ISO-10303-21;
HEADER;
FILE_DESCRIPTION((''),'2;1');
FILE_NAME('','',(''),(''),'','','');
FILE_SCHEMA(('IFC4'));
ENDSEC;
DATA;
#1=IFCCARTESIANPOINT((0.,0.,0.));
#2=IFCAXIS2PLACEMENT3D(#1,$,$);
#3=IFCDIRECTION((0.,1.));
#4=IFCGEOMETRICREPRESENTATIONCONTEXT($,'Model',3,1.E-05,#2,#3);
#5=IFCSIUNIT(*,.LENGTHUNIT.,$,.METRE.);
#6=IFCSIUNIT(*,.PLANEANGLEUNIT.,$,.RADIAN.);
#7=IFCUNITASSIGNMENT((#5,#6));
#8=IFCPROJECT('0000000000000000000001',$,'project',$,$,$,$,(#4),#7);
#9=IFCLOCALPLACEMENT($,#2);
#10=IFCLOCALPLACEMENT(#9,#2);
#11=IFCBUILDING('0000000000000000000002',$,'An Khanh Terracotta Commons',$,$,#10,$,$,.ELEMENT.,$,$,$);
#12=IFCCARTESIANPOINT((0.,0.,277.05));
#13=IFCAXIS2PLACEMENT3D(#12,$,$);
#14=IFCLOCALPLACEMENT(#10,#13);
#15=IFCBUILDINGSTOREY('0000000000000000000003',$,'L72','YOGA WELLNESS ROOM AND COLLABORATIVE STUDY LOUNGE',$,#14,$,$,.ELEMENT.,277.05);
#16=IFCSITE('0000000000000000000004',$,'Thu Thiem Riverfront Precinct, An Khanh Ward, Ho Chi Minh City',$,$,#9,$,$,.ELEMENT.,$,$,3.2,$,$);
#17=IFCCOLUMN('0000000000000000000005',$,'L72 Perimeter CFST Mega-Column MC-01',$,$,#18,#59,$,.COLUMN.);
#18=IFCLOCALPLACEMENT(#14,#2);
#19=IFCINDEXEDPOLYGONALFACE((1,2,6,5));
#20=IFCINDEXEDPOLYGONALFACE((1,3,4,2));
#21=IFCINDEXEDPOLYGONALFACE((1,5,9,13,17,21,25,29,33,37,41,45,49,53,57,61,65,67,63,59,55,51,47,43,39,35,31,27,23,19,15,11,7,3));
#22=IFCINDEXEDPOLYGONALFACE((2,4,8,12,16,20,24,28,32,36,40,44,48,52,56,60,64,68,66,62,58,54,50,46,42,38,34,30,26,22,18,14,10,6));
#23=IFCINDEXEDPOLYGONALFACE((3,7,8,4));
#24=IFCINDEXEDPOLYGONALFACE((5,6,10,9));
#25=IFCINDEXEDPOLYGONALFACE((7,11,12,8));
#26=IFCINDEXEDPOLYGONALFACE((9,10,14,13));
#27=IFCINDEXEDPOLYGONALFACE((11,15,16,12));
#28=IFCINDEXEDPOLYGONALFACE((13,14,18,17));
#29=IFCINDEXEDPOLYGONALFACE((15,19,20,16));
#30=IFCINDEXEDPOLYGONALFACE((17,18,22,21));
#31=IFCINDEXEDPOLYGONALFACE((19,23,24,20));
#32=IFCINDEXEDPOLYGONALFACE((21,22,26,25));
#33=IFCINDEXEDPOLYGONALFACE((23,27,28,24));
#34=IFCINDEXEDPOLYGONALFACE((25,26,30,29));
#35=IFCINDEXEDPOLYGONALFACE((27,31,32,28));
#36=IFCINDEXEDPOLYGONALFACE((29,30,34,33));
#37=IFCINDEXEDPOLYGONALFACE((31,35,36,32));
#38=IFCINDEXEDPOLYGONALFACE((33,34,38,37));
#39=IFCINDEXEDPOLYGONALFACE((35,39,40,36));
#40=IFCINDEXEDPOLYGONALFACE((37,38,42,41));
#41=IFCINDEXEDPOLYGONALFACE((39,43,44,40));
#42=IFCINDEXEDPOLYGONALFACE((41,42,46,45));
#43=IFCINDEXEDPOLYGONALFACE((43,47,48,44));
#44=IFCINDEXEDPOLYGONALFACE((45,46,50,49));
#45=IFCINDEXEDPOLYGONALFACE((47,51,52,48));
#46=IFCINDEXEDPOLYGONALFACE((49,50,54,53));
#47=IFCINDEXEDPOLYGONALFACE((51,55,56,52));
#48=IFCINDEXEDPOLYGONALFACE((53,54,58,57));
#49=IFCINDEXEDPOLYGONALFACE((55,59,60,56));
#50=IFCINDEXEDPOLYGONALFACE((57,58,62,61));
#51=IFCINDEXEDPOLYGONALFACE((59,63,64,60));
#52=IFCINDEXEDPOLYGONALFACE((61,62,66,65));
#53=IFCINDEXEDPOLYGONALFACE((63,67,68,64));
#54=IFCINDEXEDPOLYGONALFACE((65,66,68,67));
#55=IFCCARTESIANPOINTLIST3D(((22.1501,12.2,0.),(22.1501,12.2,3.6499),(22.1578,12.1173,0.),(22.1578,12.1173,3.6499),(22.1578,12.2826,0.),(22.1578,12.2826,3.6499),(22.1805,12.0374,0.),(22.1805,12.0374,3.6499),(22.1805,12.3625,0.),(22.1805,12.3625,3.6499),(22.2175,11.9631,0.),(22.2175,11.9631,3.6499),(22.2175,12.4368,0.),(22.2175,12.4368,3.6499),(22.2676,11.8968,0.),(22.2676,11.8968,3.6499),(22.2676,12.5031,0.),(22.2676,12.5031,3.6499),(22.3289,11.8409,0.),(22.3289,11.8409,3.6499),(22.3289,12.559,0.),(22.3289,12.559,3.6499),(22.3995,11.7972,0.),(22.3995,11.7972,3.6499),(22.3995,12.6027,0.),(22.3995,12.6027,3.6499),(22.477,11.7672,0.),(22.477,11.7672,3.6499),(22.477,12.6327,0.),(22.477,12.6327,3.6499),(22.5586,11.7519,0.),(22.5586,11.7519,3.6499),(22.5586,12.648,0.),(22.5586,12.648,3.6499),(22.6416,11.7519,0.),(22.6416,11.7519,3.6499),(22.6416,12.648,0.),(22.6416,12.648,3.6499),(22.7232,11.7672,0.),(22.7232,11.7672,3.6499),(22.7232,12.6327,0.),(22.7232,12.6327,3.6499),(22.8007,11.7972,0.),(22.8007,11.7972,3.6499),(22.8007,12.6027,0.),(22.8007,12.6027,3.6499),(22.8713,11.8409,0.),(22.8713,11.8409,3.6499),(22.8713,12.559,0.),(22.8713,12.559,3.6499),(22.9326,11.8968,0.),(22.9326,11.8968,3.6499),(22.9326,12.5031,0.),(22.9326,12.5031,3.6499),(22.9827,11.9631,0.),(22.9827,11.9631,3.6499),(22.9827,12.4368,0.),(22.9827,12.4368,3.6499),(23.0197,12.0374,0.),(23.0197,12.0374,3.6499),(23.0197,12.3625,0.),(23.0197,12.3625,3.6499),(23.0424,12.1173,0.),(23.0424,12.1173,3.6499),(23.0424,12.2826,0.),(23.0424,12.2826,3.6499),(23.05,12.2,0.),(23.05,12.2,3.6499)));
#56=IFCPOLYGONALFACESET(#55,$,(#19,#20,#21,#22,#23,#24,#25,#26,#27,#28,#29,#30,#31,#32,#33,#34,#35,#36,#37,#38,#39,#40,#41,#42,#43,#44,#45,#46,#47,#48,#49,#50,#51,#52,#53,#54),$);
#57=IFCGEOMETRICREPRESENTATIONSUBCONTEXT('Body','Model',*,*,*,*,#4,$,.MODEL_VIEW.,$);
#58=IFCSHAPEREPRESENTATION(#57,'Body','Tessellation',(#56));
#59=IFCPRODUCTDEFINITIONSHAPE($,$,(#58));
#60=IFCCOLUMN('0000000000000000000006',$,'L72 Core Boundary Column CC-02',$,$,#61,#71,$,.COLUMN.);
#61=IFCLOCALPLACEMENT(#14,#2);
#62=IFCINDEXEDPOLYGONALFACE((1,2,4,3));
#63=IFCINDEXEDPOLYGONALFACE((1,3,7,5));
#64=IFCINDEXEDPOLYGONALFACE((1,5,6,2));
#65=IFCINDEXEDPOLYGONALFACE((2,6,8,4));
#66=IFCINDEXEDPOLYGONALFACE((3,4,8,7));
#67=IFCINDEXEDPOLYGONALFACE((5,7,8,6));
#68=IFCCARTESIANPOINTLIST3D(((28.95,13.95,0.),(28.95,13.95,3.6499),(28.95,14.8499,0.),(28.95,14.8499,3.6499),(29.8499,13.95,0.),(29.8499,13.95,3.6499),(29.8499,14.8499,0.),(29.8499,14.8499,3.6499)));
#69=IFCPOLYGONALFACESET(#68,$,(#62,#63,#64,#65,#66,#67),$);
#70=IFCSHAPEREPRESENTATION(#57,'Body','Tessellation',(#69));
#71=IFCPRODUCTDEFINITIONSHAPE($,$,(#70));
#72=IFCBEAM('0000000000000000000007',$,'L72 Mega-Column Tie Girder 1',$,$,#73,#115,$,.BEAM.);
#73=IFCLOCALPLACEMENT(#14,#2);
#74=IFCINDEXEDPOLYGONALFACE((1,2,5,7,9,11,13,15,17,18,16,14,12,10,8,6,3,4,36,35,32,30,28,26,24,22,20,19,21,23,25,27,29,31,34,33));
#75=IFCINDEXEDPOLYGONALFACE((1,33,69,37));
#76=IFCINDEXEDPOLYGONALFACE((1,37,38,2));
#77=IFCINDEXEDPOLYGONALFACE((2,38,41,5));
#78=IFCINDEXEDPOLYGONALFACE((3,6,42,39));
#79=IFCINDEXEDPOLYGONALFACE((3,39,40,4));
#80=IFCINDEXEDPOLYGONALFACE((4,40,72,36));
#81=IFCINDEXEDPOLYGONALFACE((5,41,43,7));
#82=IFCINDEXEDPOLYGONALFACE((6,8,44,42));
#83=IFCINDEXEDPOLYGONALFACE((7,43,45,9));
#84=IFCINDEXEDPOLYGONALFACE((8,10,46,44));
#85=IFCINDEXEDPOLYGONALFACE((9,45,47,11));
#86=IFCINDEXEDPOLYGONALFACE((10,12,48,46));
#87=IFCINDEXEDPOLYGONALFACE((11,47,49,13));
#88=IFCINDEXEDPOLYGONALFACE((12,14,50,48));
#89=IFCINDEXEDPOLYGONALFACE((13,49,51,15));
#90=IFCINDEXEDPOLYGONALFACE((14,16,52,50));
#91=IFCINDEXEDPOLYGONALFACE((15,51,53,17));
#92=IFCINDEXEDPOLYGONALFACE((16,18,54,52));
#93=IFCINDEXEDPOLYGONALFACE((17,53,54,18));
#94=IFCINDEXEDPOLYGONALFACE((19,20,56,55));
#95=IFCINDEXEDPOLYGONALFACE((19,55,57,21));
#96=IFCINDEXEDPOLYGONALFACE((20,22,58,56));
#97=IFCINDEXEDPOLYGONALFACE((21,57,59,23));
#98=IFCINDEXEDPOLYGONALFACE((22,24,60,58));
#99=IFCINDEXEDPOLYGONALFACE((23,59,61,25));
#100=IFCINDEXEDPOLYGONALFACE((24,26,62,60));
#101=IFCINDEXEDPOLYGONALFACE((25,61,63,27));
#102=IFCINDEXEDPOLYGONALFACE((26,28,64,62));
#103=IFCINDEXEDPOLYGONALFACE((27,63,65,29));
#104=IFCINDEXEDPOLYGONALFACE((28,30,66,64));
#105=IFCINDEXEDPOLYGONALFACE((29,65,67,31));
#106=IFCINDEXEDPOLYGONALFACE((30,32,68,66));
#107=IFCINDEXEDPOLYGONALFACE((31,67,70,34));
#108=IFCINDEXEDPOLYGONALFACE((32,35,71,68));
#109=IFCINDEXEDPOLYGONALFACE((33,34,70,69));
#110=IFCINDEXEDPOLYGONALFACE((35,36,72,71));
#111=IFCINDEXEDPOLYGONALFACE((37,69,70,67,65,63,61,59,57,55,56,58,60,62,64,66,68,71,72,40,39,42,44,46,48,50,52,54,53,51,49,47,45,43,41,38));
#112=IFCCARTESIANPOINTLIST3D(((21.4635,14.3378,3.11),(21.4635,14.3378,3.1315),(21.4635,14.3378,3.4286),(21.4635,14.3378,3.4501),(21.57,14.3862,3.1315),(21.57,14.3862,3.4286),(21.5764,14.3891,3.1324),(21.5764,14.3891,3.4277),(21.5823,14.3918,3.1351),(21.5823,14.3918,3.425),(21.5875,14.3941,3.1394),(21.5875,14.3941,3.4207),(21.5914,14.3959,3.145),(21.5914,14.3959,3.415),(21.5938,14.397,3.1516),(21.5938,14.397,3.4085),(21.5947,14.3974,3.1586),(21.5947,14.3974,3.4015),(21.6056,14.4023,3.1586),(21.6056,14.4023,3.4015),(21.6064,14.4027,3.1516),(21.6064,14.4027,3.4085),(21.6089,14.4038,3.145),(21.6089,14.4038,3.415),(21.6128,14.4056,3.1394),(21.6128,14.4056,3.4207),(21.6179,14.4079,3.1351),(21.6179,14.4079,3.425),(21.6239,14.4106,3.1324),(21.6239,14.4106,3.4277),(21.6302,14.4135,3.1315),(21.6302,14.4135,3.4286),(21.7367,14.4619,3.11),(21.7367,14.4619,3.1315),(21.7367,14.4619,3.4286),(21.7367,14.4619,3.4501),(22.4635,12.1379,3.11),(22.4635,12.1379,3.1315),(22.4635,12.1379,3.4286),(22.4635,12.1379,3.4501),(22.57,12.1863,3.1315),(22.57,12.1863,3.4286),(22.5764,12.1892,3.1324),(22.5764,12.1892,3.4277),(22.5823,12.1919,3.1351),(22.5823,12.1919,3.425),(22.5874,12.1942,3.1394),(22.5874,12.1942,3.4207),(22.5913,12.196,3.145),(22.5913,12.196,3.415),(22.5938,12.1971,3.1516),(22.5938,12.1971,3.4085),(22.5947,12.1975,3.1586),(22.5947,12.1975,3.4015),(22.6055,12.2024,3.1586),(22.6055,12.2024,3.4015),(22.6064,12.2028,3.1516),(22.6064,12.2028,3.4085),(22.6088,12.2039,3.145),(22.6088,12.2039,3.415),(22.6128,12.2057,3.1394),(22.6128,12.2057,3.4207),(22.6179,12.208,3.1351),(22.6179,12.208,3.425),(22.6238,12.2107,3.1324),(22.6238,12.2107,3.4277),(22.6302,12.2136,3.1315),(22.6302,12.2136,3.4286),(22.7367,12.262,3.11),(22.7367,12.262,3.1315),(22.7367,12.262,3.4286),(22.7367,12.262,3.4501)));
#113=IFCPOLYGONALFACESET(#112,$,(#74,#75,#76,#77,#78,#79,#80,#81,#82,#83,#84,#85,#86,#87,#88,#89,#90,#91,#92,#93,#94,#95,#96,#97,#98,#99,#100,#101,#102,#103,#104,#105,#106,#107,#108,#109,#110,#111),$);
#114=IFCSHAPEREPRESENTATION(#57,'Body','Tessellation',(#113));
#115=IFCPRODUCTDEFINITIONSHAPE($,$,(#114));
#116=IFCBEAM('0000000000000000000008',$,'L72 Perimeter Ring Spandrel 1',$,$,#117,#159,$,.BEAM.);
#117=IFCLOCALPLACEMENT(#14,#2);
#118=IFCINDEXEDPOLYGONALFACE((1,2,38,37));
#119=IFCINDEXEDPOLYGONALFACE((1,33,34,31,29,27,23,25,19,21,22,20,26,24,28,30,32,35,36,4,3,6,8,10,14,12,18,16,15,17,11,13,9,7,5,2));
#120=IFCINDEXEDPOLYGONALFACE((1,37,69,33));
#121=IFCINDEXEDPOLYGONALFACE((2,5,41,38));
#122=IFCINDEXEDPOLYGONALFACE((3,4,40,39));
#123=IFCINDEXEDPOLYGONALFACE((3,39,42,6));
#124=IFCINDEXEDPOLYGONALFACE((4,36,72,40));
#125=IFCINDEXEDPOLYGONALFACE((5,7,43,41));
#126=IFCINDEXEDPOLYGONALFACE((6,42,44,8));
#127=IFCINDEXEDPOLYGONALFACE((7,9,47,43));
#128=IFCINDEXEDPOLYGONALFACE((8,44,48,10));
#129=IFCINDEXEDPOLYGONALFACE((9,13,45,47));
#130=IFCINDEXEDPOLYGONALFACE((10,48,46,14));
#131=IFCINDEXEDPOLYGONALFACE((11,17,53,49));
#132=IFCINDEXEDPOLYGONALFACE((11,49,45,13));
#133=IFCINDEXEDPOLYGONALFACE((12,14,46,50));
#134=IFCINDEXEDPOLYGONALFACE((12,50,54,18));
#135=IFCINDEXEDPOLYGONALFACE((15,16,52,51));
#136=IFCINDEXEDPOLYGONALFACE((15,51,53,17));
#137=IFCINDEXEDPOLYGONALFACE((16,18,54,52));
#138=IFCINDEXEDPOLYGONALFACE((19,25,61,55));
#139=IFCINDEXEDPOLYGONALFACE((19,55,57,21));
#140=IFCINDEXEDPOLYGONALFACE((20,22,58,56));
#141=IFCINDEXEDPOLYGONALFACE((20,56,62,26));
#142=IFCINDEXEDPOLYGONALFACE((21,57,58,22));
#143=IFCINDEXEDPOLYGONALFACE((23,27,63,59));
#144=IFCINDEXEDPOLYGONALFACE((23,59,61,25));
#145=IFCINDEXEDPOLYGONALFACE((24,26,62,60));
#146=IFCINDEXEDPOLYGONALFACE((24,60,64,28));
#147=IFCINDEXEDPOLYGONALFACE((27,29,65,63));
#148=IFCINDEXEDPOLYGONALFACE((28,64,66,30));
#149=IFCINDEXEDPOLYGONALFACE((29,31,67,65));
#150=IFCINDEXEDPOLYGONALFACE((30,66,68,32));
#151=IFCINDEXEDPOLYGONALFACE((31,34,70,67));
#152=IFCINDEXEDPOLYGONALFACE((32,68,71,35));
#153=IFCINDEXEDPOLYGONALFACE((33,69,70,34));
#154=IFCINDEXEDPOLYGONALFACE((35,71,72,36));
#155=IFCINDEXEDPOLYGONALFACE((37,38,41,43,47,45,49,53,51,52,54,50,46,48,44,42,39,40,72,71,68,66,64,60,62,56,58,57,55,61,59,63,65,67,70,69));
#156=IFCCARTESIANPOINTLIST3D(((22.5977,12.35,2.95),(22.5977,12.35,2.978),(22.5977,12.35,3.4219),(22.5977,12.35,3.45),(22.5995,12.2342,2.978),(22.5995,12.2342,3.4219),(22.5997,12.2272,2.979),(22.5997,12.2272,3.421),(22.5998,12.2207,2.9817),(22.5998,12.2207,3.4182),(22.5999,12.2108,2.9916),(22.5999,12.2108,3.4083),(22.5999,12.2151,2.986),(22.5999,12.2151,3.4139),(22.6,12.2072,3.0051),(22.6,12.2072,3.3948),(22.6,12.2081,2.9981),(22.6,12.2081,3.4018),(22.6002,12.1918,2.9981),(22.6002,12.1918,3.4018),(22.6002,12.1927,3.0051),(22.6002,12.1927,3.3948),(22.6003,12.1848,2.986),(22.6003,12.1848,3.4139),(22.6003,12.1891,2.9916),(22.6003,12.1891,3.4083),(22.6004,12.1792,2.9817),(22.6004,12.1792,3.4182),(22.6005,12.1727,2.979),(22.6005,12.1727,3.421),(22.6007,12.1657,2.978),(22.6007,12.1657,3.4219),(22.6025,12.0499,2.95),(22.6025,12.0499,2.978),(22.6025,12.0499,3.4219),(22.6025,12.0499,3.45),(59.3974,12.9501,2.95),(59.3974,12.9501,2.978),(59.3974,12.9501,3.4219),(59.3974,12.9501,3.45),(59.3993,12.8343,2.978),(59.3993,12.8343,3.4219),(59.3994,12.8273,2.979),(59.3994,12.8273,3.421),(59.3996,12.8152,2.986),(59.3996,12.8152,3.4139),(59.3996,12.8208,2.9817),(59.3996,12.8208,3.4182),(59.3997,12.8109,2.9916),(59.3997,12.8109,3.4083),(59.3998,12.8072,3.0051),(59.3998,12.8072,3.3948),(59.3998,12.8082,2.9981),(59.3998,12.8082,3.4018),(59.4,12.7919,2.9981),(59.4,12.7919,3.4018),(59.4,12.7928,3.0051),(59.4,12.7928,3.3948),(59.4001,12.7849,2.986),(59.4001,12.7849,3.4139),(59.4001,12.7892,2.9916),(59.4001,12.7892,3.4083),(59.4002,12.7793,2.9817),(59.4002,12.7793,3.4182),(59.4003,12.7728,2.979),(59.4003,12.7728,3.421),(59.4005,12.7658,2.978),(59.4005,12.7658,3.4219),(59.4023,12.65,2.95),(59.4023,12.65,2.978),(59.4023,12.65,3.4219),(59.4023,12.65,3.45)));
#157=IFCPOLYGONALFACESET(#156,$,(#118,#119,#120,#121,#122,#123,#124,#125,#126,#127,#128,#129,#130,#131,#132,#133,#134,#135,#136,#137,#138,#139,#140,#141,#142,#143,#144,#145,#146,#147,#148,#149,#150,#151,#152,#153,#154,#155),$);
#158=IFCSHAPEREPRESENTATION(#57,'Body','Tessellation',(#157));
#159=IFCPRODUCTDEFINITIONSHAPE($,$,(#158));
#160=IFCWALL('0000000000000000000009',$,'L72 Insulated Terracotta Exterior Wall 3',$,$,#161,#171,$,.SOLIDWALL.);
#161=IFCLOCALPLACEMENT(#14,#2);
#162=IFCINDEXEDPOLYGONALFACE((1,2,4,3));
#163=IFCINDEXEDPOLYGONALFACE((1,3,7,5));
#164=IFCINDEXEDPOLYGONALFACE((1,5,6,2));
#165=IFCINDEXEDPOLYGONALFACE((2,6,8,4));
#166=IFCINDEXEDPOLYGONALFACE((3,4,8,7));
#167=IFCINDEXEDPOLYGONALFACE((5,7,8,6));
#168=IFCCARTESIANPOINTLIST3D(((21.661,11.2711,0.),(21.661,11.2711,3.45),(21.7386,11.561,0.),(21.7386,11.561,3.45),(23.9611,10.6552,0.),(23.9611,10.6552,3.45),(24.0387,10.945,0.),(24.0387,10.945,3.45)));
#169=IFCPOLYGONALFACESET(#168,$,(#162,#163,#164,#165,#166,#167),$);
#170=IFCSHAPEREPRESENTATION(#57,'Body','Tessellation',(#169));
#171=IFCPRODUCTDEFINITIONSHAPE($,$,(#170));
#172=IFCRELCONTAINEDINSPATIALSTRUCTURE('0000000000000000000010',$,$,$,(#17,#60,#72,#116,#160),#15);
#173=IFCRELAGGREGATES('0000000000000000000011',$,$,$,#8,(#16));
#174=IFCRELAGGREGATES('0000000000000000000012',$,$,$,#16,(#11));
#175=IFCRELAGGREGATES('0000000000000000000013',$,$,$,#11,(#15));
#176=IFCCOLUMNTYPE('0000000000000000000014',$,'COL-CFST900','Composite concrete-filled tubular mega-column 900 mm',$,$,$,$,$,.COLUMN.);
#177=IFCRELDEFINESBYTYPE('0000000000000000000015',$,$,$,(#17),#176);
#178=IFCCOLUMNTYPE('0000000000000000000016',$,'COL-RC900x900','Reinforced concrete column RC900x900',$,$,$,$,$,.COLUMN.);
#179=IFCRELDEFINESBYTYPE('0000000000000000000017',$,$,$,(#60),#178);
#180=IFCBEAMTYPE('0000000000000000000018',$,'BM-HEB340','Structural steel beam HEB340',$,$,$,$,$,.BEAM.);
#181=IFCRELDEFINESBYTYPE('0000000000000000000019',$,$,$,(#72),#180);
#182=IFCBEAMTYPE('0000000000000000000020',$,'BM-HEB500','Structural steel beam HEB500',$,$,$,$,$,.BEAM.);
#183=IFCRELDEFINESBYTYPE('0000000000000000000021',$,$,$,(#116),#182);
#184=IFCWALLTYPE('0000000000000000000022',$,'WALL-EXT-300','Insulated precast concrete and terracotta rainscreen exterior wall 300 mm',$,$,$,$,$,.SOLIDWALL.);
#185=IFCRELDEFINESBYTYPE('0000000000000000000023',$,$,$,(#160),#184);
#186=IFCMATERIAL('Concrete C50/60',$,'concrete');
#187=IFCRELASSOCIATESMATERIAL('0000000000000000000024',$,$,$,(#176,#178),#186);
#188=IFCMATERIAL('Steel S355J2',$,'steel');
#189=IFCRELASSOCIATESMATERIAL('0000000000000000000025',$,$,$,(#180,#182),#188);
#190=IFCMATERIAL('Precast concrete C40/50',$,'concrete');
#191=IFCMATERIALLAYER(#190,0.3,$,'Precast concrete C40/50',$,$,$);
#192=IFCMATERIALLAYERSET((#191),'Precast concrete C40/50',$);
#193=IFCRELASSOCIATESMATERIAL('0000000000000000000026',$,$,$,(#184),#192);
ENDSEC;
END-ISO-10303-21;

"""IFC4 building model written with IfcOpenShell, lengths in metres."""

from ifc_helpers import new_model, si_unit, direction, frame, frame_2d, origin, origin_2d, place, context, subcontext, project, spatial, rectangle, circle, i_section, extrude, material, layer, layer_set, material_profile, profile_set, type_object, element, save


model = new_model("IFC4")

# Units and contexts
model_context = context("Model", 3, precision=1e-05, world=origin(), true_north=direction((0.0, 1.0)))
body_context = subcontext(model_context, "Body", "Model", "MODEL_VIEW")
ifc_project = project(units=[si_unit("LENGTHUNIT", "METRE"), si_unit("PLANEANGLEUNIT", "RADIAN")], contexts=[model_context])

# Site, building, storey
site_placement = place(None, origin())
site = spatial("IfcSite", under=ifc_project, at=site_placement, Name="Thu Thiem Riverfront Precinct, An Khanh Ward, Ho Chi Minh City", CompositionType="ELEMENT", RefElevation=3.2)
building_placement = place(site_placement, origin())
building = spatial("IfcBuilding", under=site, at=building_placement, Name="An Khanh Terracotta Commons", CompositionType="ELEMENT")
storey_placement = place(building_placement, frame((0.0, 0.0, 277.05)))
storey = spatial("IfcBuildingStorey", under=building, at=storey_placement, Name="L72", Description="YOGA WELLNESS ROOM AND COLLABORATIVE STUDY LOUNGE", CompositionType="ELEMENT", Elevation=277.05)

# Columns
ifc_material_1 = material(Name="Concrete C50/60", Category="concrete")
ifc_material_profile_1 = material_profile(ifc_material_1, circle(Radius=0.45, at=origin_2d()), Name="CFST900")
ifc_profile_set_1 = profile_set([ifc_material_profile_1], Name="Concrete C50/60")
column_type_1 = type_object("IfcColumnType", Name="COL-CFST900", Description="Composite concrete-filled tubular mega-column 900 mm", PredefinedType="COLUMN", material=ifc_profile_set_1)
column_1_placement = place(storey_placement, frame((22.6001, 12.2, 0.0), z_axis=(0.0, 0.0, 1.0), x_axis=(1.0, 0.0, 0.0)))
element("IfcColumn", 1, at=column_1_placement, inside=storey, type_object=column_type_1, Name="L72 Perimeter CFST Mega-Column MC-01", PredefinedType="COLUMN", context=body_context, shape_type="SweptSolid", body=[
    extrude(circle(Radius=0.45, at=origin_2d()), origin(), (0.0, 0.0, 1.0), 3.6499),
])
ifc_material_profile_2 = material_profile(ifc_material_1, rectangle(XDim=0.8999, YDim=0.8999, at=origin_2d()), Name="RC900x900")
ifc_profile_set_2 = profile_set([ifc_material_profile_2], Name="Concrete C50/60")
column_type_2 = type_object("IfcColumnType", Name="COL-RC900x900", Description="Reinforced concrete column RC900x900", PredefinedType="COLUMN", material=ifc_profile_set_2)
column_2_placement = place(storey_placement, frame((29.3999, 14.3999, 0.0), z_axis=(0.0, 0.0, 1.0), x_axis=(1.0, 0.0, 0.0)))
element("IfcColumn", 2, at=column_2_placement, inside=storey, type_object=column_type_2, Name="L72 Core Boundary Column CC-02", PredefinedType="COLUMN", context=body_context, shape_type="SweptSolid", body=[
    extrude(rectangle(XDim=0.8999, YDim=0.8999, at=origin_2d()), origin(), (0.0, 0.0, 1.0), 3.6499),
])

# Beams
ifc_material_2 = material(Name="Steel S355J2", Category="steel")
ifc_material_profile_3 = material_profile(ifc_material_2, i_section(OverallWidth=0.3, OverallDepth=0.3401, WebThickness=0.012, FlangeThickness=0.0215, FilletRadius=0.0271, at=origin_2d()), Name="HEB340")
ifc_profile_set_3 = profile_set([ifc_material_profile_3], Name="Steel S355J2")
beam_type_1 = type_object("IfcBeamType", Name="BM-HEB340", Description="Structural steel beam HEB340", PredefinedType="BEAM", material=ifc_profile_set_3)
beam_1_placement = place(storey_placement, frame((22.6001, 12.2, 3.28), z_axis=(-0.413811, 0.910363, 0.0), x_axis=(-0.910363, -0.413811, 0.0)))
element("IfcBeam", 3, at=beam_1_placement, inside=storey, type_object=beam_type_1, Name="L72 Mega-Column Tie Girder 1", PredefinedType="BEAM", context=body_context, shape_type="SweptSolid", body=[
    extrude(i_section(OverallWidth=0.3, OverallDepth=0.3401, WebThickness=0.012, FlangeThickness=0.0215, FilletRadius=0.0271, at=origin_2d()), origin(), (0.0, 0.0, 1.0), 2.4165),
])
ifc_material_profile_4 = material_profile(ifc_material_2, i_section(OverallWidth=0.3, OverallDepth=0.5, WebThickness=0.0144, FlangeThickness=0.0281, FilletRadius=0.0271, at=origin_2d()), Name="HEB500")
ifc_profile_set_4 = profile_set([ifc_material_profile_4], Name="Steel S355J2")
beam_type_2 = type_object("IfcBeamType", Name="BM-HEB500", Description="Structural steel beam HEB500", PredefinedType="BEAM", material=ifc_profile_set_4)
beam_2_placement = place(storey_placement, frame((22.6001, 12.2, 3.2), z_axis=(0.999867, 0.016305, 0.0), x_axis=(-0.016305, 0.999867, 0.0)))
element("IfcBeam", 4, at=beam_2_placement, inside=storey, type_object=beam_type_2, Name="L72 Perimeter Ring Spandrel 1", PredefinedType="BEAM", context=body_context, shape_type="SweptSolid", body=[
    extrude(i_section(OverallWidth=0.3, OverallDepth=0.5, WebThickness=0.0144, FlangeThickness=0.0281, FilletRadius=0.0271, at=origin_2d()), origin(), (0.0, 0.0, 1.0), 36.8047),
])

# Wall
ifc_material_3 = material(Name="Precast concrete C40/50", Category="concrete")
ifc_layer_1 = layer(ifc_material_3, 0.3, Name="Precast concrete C40/50")
ifc_layer_set_1 = layer_set([ifc_layer_1], Name="Precast concrete C40/50")
wall_type_1 = type_object("IfcWallType", Name="WALL-EXT-300", Description="Insulated precast concrete and terracotta rainscreen exterior wall 300 mm", PredefinedType="SOLIDWALL", material=ifc_layer_set_1)
wall_1_placement = place(storey_placement, frame((21.7, 11.416, 0.0), z_axis=(0.0, 0.0, 1.0), x_axis=(0.96596, -0.25869, 0.0)))
element("IfcWall", 5, at=wall_1_placement, inside=storey, type_object=wall_type_1, Name="L72 Insulated Terracotta Exterior Wall 3", PredefinedType="SOLIDWALL", context=body_context, shape_type="SweptSolid", body=[
    extrude(rectangle(XDim=2.3811, YDim=0.3, at=frame_2d((1.1904, 0.0))), origin(), (0.0, 0.0, 1.0), 3.45),
])

save(model, "model.ifc")
